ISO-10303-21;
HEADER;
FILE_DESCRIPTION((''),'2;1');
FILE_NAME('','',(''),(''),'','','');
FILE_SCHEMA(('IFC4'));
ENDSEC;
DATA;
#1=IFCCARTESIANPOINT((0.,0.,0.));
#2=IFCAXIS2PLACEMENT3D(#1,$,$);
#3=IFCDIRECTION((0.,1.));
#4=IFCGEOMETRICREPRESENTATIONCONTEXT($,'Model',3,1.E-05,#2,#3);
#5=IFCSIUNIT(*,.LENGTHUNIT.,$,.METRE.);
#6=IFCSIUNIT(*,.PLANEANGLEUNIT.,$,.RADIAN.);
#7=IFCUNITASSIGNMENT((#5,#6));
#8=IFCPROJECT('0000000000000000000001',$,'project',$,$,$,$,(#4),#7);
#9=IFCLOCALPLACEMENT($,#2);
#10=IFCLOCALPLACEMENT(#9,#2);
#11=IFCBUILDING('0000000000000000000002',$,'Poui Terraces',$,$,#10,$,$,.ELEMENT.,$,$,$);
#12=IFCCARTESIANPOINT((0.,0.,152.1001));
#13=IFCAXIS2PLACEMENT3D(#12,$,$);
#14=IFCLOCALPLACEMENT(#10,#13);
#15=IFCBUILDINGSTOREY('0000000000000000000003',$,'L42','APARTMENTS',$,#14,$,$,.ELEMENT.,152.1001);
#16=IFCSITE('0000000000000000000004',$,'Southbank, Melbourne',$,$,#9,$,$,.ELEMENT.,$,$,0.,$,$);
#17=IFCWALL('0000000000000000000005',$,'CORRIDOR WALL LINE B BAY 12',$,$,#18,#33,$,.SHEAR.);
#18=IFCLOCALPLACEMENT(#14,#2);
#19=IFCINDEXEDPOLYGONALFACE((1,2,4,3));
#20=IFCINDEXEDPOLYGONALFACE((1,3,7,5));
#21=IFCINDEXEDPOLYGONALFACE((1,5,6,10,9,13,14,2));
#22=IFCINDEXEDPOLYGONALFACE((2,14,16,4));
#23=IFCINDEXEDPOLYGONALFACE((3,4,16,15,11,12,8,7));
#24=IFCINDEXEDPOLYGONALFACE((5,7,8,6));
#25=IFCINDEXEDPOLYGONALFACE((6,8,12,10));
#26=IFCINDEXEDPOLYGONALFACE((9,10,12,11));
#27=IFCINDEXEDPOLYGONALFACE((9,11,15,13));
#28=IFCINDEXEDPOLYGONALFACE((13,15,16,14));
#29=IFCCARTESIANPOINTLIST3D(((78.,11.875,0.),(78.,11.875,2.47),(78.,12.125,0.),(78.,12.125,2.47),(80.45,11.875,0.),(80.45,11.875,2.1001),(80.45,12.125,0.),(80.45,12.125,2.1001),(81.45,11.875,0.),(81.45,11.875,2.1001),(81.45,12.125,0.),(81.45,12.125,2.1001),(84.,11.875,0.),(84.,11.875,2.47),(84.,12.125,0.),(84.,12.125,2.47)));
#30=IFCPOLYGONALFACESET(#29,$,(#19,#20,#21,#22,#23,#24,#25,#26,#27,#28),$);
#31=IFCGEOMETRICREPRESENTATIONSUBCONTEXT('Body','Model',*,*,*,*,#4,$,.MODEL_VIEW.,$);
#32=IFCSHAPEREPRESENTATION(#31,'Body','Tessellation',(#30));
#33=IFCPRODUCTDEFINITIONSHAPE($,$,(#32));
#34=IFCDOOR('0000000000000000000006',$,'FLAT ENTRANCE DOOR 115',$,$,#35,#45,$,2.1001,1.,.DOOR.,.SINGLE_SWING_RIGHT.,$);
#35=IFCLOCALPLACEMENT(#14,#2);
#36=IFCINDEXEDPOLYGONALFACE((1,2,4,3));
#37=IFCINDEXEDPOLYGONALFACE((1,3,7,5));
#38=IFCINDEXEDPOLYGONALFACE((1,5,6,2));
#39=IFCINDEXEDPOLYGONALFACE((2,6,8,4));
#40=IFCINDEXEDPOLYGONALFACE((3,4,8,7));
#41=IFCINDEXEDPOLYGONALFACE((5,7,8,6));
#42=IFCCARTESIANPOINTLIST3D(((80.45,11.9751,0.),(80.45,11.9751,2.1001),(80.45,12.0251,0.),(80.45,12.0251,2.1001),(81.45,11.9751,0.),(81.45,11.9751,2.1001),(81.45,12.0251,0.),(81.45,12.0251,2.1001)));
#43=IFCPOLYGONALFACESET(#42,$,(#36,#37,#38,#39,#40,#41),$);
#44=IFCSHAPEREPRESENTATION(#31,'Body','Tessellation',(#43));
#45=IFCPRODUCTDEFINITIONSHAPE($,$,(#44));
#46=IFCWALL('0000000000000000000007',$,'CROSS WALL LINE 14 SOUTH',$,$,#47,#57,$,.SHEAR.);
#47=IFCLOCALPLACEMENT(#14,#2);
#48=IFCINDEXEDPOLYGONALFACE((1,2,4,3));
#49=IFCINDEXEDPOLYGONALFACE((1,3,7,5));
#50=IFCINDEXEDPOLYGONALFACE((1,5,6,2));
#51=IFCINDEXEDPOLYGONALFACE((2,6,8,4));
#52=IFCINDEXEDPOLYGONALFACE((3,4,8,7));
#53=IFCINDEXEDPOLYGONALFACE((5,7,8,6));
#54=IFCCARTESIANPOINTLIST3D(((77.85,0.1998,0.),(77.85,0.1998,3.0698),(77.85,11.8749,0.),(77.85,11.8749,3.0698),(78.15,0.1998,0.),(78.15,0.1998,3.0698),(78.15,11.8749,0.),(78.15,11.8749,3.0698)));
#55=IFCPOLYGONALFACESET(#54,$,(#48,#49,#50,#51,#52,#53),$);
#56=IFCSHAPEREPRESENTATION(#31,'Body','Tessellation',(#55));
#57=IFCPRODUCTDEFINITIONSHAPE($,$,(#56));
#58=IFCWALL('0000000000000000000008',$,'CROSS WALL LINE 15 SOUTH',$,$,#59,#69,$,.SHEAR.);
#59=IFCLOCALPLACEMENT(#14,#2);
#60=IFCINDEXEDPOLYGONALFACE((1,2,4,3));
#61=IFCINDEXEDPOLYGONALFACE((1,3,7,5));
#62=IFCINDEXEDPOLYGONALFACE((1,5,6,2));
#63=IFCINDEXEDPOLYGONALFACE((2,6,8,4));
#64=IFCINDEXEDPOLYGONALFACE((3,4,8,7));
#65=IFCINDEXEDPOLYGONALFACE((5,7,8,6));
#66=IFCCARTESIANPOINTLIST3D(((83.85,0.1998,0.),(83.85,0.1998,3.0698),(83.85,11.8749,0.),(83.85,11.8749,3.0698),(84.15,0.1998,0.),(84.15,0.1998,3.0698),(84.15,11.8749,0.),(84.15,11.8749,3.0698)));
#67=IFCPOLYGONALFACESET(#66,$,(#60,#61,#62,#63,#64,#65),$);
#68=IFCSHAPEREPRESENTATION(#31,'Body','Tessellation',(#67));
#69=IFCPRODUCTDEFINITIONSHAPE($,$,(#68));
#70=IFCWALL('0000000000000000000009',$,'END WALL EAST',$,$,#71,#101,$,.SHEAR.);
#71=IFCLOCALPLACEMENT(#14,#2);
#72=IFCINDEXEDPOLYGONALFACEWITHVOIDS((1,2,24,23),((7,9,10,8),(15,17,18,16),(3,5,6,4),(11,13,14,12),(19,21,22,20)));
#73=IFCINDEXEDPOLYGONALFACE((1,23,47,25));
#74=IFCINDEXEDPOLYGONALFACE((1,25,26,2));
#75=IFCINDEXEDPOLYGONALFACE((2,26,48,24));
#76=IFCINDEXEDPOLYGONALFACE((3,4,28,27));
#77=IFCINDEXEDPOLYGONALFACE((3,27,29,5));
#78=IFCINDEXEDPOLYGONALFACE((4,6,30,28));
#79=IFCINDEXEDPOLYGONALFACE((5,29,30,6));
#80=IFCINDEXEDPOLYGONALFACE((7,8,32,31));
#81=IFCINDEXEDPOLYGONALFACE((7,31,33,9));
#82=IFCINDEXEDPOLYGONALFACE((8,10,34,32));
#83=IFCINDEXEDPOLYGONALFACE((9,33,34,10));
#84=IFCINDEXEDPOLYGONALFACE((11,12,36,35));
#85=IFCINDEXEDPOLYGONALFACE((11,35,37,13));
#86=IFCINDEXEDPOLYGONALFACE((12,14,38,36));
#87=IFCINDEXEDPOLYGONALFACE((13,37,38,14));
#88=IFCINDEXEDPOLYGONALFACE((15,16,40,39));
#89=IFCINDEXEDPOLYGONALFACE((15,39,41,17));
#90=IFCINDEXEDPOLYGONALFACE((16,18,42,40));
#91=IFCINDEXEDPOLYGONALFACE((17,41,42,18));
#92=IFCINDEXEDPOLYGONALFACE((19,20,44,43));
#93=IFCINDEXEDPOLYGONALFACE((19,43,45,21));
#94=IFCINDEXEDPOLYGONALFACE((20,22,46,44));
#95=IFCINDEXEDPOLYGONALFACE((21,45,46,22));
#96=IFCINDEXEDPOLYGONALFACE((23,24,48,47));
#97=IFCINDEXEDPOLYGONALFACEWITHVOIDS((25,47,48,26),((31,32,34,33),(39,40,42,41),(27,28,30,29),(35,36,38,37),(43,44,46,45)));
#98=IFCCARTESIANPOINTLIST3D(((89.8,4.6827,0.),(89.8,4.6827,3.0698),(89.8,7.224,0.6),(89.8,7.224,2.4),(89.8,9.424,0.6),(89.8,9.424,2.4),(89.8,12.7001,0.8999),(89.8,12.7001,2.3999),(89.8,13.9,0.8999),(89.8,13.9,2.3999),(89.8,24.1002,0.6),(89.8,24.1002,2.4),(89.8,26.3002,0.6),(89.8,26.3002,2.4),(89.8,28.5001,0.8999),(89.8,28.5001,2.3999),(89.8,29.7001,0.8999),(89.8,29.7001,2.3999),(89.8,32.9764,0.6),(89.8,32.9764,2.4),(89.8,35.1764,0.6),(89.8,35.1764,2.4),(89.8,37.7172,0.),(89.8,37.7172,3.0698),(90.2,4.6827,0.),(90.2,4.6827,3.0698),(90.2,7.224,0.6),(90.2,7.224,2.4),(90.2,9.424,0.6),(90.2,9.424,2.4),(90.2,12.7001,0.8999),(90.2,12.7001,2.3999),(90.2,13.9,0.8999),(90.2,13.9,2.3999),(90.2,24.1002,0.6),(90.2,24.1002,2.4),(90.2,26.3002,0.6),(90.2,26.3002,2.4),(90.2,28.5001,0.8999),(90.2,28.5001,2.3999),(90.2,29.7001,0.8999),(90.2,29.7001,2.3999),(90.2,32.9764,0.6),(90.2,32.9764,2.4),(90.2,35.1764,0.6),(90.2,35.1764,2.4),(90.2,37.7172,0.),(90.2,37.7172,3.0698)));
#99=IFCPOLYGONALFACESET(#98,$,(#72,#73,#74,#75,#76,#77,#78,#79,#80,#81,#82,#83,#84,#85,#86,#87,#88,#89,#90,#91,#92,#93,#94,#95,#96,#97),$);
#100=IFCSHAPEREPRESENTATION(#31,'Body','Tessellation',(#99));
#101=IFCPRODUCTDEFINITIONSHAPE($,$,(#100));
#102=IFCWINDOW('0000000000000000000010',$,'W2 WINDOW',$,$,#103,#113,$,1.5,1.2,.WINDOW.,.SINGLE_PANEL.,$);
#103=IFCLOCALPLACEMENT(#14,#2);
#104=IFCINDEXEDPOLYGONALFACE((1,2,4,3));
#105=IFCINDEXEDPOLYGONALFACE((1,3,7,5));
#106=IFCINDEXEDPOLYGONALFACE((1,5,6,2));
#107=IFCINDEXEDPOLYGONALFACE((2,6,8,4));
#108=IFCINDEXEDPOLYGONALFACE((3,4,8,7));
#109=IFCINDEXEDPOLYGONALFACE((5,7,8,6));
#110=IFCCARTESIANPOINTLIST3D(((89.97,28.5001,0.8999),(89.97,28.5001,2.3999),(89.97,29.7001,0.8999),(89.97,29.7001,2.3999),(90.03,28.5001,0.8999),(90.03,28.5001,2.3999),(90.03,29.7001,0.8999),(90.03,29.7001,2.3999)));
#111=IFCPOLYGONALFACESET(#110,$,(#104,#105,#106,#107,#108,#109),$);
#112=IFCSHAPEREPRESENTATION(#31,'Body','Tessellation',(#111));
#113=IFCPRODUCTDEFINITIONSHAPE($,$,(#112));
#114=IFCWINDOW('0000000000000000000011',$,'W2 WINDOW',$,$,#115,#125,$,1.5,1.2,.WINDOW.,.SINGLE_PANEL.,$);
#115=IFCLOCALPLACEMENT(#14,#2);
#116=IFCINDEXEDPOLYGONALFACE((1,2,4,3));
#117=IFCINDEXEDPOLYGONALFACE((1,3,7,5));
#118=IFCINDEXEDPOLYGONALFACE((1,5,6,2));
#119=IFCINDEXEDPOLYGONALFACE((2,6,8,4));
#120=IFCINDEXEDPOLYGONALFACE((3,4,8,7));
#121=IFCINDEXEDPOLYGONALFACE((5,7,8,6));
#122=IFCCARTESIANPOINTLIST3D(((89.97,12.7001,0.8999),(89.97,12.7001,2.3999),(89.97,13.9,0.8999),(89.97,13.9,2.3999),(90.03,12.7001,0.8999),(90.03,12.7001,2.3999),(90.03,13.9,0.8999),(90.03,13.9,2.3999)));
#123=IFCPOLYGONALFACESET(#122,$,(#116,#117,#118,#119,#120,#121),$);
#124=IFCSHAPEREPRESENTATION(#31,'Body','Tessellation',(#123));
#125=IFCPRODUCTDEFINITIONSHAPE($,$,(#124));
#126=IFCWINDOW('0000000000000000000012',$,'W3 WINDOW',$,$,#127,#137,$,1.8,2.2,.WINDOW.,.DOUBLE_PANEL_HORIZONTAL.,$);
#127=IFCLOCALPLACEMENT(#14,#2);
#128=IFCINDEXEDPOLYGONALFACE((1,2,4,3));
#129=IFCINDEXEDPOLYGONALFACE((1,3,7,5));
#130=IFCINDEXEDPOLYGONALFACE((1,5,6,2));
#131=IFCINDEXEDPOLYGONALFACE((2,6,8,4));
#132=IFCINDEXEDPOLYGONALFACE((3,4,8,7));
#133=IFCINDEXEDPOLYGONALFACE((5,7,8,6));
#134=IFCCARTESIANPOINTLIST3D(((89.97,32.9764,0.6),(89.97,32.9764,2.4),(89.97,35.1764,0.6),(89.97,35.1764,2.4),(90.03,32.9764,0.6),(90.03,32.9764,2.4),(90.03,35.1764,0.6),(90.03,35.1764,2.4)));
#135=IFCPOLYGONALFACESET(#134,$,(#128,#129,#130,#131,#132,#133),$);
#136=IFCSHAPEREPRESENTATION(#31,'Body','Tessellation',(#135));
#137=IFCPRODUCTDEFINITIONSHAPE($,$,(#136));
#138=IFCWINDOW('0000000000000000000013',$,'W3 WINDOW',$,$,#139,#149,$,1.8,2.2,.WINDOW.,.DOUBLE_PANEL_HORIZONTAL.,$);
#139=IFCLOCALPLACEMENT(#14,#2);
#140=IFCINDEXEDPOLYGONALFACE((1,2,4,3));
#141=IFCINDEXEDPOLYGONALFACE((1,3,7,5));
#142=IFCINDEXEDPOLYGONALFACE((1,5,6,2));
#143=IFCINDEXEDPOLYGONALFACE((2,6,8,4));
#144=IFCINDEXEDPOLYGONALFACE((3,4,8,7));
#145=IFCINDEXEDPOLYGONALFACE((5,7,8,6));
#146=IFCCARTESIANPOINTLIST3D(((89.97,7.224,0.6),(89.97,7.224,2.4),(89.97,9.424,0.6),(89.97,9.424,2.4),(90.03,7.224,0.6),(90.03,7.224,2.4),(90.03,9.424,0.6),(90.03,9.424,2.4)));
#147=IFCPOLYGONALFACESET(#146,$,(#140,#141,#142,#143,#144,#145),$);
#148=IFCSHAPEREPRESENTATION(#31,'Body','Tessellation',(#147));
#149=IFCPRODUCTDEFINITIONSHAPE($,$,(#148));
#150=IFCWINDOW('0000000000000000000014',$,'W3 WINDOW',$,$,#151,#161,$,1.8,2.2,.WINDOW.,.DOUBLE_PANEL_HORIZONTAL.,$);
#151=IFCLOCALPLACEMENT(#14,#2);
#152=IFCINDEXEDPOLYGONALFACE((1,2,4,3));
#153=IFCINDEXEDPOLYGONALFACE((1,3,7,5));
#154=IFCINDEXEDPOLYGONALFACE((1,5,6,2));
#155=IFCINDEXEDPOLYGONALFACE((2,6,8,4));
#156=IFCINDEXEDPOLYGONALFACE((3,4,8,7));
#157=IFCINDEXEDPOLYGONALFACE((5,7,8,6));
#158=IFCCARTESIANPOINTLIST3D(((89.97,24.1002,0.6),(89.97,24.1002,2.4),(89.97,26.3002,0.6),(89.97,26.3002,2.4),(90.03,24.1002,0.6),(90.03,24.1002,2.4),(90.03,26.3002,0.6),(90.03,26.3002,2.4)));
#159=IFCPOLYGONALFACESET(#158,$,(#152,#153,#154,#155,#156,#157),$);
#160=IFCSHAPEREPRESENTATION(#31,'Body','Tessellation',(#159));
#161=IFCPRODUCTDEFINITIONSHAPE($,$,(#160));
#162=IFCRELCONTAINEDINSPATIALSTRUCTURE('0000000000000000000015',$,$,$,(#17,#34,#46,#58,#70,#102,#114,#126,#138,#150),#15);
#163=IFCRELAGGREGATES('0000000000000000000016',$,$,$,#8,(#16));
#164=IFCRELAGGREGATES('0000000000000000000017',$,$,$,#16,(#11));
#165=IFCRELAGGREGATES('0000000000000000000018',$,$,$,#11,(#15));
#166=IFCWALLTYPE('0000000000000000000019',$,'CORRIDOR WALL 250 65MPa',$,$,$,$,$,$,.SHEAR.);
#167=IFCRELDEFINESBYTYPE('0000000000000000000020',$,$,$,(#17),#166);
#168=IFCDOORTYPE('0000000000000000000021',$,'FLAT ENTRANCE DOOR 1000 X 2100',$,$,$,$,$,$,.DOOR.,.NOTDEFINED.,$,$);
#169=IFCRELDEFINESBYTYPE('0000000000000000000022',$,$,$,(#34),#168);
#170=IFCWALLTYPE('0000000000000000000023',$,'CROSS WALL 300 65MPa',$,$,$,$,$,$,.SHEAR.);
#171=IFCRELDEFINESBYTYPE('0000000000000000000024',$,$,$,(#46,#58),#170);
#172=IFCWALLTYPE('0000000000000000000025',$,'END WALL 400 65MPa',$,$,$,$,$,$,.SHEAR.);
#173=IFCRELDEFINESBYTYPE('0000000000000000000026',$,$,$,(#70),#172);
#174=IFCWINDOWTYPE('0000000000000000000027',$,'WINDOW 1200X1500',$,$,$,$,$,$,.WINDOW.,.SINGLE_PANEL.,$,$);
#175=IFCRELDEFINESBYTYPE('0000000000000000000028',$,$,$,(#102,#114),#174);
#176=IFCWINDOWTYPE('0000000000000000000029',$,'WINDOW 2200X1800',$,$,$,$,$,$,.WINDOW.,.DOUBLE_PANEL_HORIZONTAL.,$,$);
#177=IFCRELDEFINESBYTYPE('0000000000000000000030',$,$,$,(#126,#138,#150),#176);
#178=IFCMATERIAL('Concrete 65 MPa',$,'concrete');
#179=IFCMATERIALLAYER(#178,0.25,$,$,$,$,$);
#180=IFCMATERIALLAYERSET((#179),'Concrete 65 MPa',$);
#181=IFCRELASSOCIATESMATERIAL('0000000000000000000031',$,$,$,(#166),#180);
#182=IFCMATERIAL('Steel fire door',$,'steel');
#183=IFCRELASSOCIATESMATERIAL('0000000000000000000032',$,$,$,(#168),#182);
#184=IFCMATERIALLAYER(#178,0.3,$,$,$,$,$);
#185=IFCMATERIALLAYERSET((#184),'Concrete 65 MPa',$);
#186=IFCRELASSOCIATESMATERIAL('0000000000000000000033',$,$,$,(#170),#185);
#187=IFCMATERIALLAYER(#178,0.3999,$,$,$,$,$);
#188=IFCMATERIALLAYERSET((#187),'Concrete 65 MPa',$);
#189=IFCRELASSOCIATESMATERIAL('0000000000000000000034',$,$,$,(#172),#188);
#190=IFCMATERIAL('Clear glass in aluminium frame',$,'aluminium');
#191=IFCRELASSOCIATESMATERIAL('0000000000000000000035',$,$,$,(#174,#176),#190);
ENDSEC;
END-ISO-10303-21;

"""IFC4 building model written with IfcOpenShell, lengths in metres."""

from ifc_helpers import new_model, si_unit, direction, frame, frame_2d, origin, place, context, subcontext, project, spatial, rectangle, extrude, material, layer, layer_set, type_object, element, fill, save


model = new_model("IFC4")

# Units and contexts
model_context = context("Model", 3, precision=1e-05, world=origin(), true_north=direction((0.0, 1.0)))
body_context = subcontext(model_context, "Body", "Model", "MODEL_VIEW")
ifc_project = project(units=[si_unit("LENGTHUNIT", "METRE"), si_unit("PLANEANGLEUNIT", "RADIAN")], contexts=[model_context])

# Site, building, storey
site_placement = place(None, origin())
site = spatial("IfcSite", under=ifc_project, at=site_placement, Name="Southbank, Melbourne", CompositionType="ELEMENT", RefElevation=0.0)
building_placement = place(site_placement, origin())
building = spatial("IfcBuilding", under=site, at=building_placement, Name="Poui Terraces", CompositionType="ELEMENT")
storey_placement = place(building_placement, frame((0.0, 0.0, 152.1001)))
storey = spatial("IfcBuildingStorey", under=building, at=storey_placement, Name="L42", Description="APARTMENTS", CompositionType="ELEMENT", Elevation=152.1001)

# Wall, opening, door
ifc_material_1 = material(Name="Concrete 65 MPa", Category="concrete")
ifc_layer_1 = layer(ifc_material_1, 0.25)
ifc_layer_set_1 = layer_set([ifc_layer_1], Name="Concrete 65 MPa")
wall_type_1 = type_object("IfcWallType", Name="CORRIDOR WALL 250 65MPa", PredefinedType="SHEAR", material=ifc_layer_set_1)
wall_1_placement = place(storey_placement, frame((78.0, 12.0, 0.0), z_axis=(0.0, 0.0, 1.0), x_axis=(1.0, 0.0, 0.0)))
wall_1 = element("IfcWall", 1, at=wall_1_placement, inside=storey, type_object=wall_type_1, Name="CORRIDOR WALL LINE B BAY 12", PredefinedType="SHEAR", context=body_context, shape_type="SweptSolid", body=[
    extrude(rectangle(XDim=6.0, YDim=0.25, at=frame_2d((3.0, 0.0))), origin(), (0.0, 0.0, 1.0), 2.47),
])
opening_1_placement = place(wall_1_placement, frame((2.45, 0.0, 0.0)))
opening_1 = element("IfcOpeningElement", 2, at=opening_1_placement, cuts=wall_1, PredefinedType="OPENING", context=body_context, shape_type="SweptSolid", body=[
    extrude(rectangle(XDim=1.0, YDim=2.1001, at=frame_2d((0.5, 1.05))), frame((0.0, 0.135, 0.0), z_axis=(0.0, -1.0, 0.0), x_axis=(1.0, 0.0, 0.0)), (0.0, 0.0, 1.0), 0.27),
])
ifc_material_2 = material(Name="Steel fire door", Category="steel")
door_type_1 = type_object("IfcDoorType", Name="FLAT ENTRANCE DOOR 1000 X 2100", OperationType="NOTDEFINED", PredefinedType="DOOR", material=ifc_material_2)
door_1_placement = place(opening_1_placement, frame((1.0, 0.0, 0.0), z_axis=(0.0, 0.0, 1.0), x_axis=(-1.0, 0.0, 0.0)))
door_1 = element("IfcDoor", 3, at=door_1_placement, inside=storey, type_object=door_type_1, Name="FLAT ENTRANCE DOOR 115", OperationType="SINGLE_SWING_RIGHT", OverallHeight=2.1001, OverallWidth=1.0, PredefinedType="DOOR", context=body_context, shape_type="SweptSolid", body=[
    extrude(rectangle(XDim=1.0, YDim=2.1001, at=frame_2d((0.5, 1.05))), frame((0.0, 0.0249, 0.0), z_axis=(0.0, -1.0, 0.0), x_axis=(1.0, 0.0, 0.0)), (0.0, 0.0, 1.0), 0.05),
])
fill(opening_1, door_1)

# Walls
ifc_layer_2 = layer(ifc_material_1, 0.3)
ifc_layer_set_2 = layer_set([ifc_layer_2], Name="Concrete 65 MPa")
wall_type_2 = type_object("IfcWallType", Name="CROSS WALL 300 65MPa", PredefinedType="SHEAR", material=ifc_layer_set_2)
for number, where, z_axis, x_axis, name in (
    (4, (78.0, 0.2, 0.0), (0.0, 0.0, 1.0), (0.0, 1.0, 0.0), "CROSS WALL LINE 14 SOUTH"),
    (5, (84.0, 0.2, 0.0), (0.0, 0.0, 1.0), (0.0, 1.0, 0.0), "CROSS WALL LINE 15 SOUTH"),
):
    element("IfcWall", number, at=place(storey_placement, frame(where, z_axis=z_axis, x_axis=x_axis)), inside=storey, type_object=wall_type_2, Name=name, PredefinedType="SHEAR", context=body_context, shape_type="SweptSolid", body=[
        extrude(rectangle(XDim=11.675, YDim=0.3, at=frame_2d((5.8374, 0.0))), origin(), (0.0, 0.0, 1.0), 3.0698),
    ])

# Wall, openings, windows
ifc_layer_3 = layer(ifc_material_1, 0.3999)
ifc_layer_set_3 = layer_set([ifc_layer_3], Name="Concrete 65 MPa")
wall_type_3 = type_object("IfcWallType", Name="END WALL 400 65MPa", PredefinedType="SHEAR", material=ifc_layer_set_3)
wall_2_placement = place(storey_placement, frame((90.0, 4.6829, 0.0), z_axis=(0.0, 0.0, 1.0), x_axis=(0.0, 1.0, 0.0)))
wall_2 = element("IfcWall", 6, at=wall_2_placement, inside=storey, type_object=wall_type_3, Name="END WALL EAST", PredefinedType="SHEAR", context=body_context, shape_type="SweptSolid", body=[
    extrude(rectangle(XDim=33.0344, YDim=0.3999, at=frame_2d((16.5171, 0.0))), origin(), (0.0, 0.0, 1.0), 3.0698),
])
opening_2_placement = place(wall_2_placement, frame((23.8171, 0.0, 0.8999)))
opening_2 = element("IfcOpeningElement", 7, at=opening_2_placement, cuts=wall_2, PredefinedType="OPENING", context=body_context, shape_type="SweptSolid", body=[
    extrude(rectangle(XDim=1.2, YDim=1.5, at=frame_2d((0.6001, 0.75))), frame((0.0, 0.21, 0.0), z_axis=(0.0, -1.0, 0.0), x_axis=(1.0, 0.0, 0.0)), (0.0, 0.0, 1.0), 0.4199),
])
opening_3_placement = place(wall_2_placement, frame((8.0171, 0.0, 0.8999)))
opening_3 = element("IfcOpeningElement", 8, at=opening_3_placement, cuts=wall_2, PredefinedType="OPENING", context=body_context, shape_type="SweptSolid", body=[
    extrude(rectangle(XDim=1.2, YDim=1.5, at=frame_2d((0.6001, 0.75))), frame((0.0, 0.21, 0.0), z_axis=(0.0, -1.0, 0.0), x_axis=(1.0, 0.0, 0.0)), (0.0, 0.0, 1.0), 0.4199),
])
opening_4_placement = place(wall_2_placement, frame((28.2935, 0.0, 0.6001)))
opening_4 = element("IfcOpeningElement", 9, at=opening_4_placement, cuts=wall_2, PredefinedType="OPENING", context=body_context, shape_type="SweptSolid", body=[
    extrude(rectangle(XDim=2.2, YDim=1.8, at=frame_2d((1.1001, 0.8999))), frame((0.0, 0.21, 0.0), z_axis=(0.0, -1.0, 0.0), x_axis=(1.0, 0.0, 0.0)), (0.0, 0.0, 1.0), 0.4199),
])
opening_5_placement = place(wall_2_placement, frame((2.541, 0.0, 0.6001)))
opening_5 = element("IfcOpeningElement", 10, at=opening_5_placement, cuts=wall_2, PredefinedType="OPENING", context=body_context, shape_type="SweptSolid", body=[
    extrude(rectangle(XDim=2.2, YDim=1.8, at=frame_2d((1.1001, 0.8999))), frame((0.0, 0.21, 0.0), z_axis=(0.0, -1.0, 0.0), x_axis=(1.0, 0.0, 0.0)), (0.0, 0.0, 1.0), 0.4199),
])
opening_6_placement = place(wall_2_placement, frame((19.4172, 0.0, 0.6001)))
opening_6 = element("IfcOpeningElement", 11, at=opening_6_placement, cuts=wall_2, PredefinedType="OPENING", context=body_context, shape_type="SweptSolid", body=[
    extrude(rectangle(XDim=2.2, YDim=1.8, at=frame_2d((1.1001, 0.8999))), frame((0.0, 0.21, 0.0), z_axis=(0.0, -1.0, 0.0), x_axis=(1.0, 0.0, 0.0)), (0.0, 0.0, 1.0), 0.4199),
])
ifc_material_3 = material(Name="Clear glass in aluminium frame", Category="aluminium")
window_type_1 = type_object("IfcWindowType", Name="WINDOW 1200X1500", PartitioningType="SINGLE_PANEL", PredefinedType="WINDOW", material=ifc_material_3)
window_1_placement = place(opening_2_placement, origin())
window_1 = element("IfcWindow", 12, at=window_1_placement, inside=storey, type_object=window_type_1, Name="W2 WINDOW", OverallHeight=1.5, OverallWidth=1.2, PartitioningType="SINGLE_PANEL", PredefinedType="WINDOW", context=body_context, shape_type="SweptSolid", body=[
    extrude(rectangle(XDim=1.2, YDim=1.5, at=frame_2d((0.6001, 0.75))), frame((0.0, 0.03, 0.0), z_axis=(0.0, -1.0, 0.0), x_axis=(1.0, 0.0, 0.0)), (0.0, 0.0, 1.0), 0.0601),
])
fill(opening_2, window_1)
window_2_placement = place(opening_3_placement, origin())
window_2 = element("IfcWindow", 13, at=window_2_placement, inside=storey, type_object=window_type_1, Name="W2 WINDOW", OverallHeight=1.5, OverallWidth=1.2, PartitioningType="SINGLE_PANEL", PredefinedType="WINDOW", context=body_context, shape_type="SweptSolid", body=[
    extrude(rectangle(XDim=1.2, YDim=1.5, at=frame_2d((0.6001, 0.75))), frame((0.0, 0.03, 0.0), z_axis=(0.0, -1.0, 0.0), x_axis=(1.0, 0.0, 0.0)), (0.0, 0.0, 1.0), 0.0601),
])
fill(opening_3, window_2)
window_type_2 = type_object("IfcWindowType", Name="WINDOW 2200X1800", PartitioningType="DOUBLE_PANEL_HORIZONTAL", PredefinedType="WINDOW", material=ifc_material_3)
window_3_placement = place(opening_4_placement, origin())
window_3 = element("IfcWindow", 14, at=window_3_placement, inside=storey, type_object=window_type_2, Name="W3 WINDOW", OverallHeight=1.8, OverallWidth=2.2, PartitioningType="DOUBLE_PANEL_HORIZONTAL", PredefinedType="WINDOW", context=body_context, shape_type="SweptSolid", body=[
    extrude(rectangle(XDim=2.2, YDim=1.8, at=frame_2d((1.1001, 0.8999))), frame((0.0, 0.03, 0.0), z_axis=(0.0, -1.0, 0.0), x_axis=(1.0, 0.0, 0.0)), (0.0, 0.0, 1.0), 0.0601),
])
fill(opening_4, window_3)
window_4_placement = place(opening_5_placement, origin())
window_4 = element("IfcWindow", 15, at=window_4_placement, inside=storey, type_object=window_type_2, Name="W3 WINDOW", OverallHeight=1.8, OverallWidth=2.2, PartitioningType="DOUBLE_PANEL_HORIZONTAL", PredefinedType="WINDOW", context=body_context, shape_type="SweptSolid", body=[
    extrude(rectangle(XDim=2.2, YDim=1.8, at=frame_2d((1.1001, 0.8999))), frame((0.0, 0.03, 0.0), z_axis=(0.0, -1.0, 0.0), x_axis=(1.0, 0.0, 0.0)), (0.0, 0.0, 1.0), 0.0601),
])
fill(opening_5, window_4)
window_5_placement = place(opening_6_placement, origin())
window_5 = element("IfcWindow", 16, at=window_5_placement, inside=storey, type_object=window_type_2, Name="W3 WINDOW", OverallHeight=1.8, OverallWidth=2.2, PartitioningType="DOUBLE_PANEL_HORIZONTAL", PredefinedType="WINDOW", context=body_context, shape_type="SweptSolid", body=[
    extrude(rectangle(XDim=2.2, YDim=1.8, at=frame_2d((1.1001, 0.8999))), frame((0.0, 0.03, 0.0), z_axis=(0.0, -1.0, 0.0), x_axis=(1.0, 0.0, 0.0)), (0.0, 0.0, 1.0), 0.0601),
])
fill(opening_6, window_5)

save(model, "model.ifc")
